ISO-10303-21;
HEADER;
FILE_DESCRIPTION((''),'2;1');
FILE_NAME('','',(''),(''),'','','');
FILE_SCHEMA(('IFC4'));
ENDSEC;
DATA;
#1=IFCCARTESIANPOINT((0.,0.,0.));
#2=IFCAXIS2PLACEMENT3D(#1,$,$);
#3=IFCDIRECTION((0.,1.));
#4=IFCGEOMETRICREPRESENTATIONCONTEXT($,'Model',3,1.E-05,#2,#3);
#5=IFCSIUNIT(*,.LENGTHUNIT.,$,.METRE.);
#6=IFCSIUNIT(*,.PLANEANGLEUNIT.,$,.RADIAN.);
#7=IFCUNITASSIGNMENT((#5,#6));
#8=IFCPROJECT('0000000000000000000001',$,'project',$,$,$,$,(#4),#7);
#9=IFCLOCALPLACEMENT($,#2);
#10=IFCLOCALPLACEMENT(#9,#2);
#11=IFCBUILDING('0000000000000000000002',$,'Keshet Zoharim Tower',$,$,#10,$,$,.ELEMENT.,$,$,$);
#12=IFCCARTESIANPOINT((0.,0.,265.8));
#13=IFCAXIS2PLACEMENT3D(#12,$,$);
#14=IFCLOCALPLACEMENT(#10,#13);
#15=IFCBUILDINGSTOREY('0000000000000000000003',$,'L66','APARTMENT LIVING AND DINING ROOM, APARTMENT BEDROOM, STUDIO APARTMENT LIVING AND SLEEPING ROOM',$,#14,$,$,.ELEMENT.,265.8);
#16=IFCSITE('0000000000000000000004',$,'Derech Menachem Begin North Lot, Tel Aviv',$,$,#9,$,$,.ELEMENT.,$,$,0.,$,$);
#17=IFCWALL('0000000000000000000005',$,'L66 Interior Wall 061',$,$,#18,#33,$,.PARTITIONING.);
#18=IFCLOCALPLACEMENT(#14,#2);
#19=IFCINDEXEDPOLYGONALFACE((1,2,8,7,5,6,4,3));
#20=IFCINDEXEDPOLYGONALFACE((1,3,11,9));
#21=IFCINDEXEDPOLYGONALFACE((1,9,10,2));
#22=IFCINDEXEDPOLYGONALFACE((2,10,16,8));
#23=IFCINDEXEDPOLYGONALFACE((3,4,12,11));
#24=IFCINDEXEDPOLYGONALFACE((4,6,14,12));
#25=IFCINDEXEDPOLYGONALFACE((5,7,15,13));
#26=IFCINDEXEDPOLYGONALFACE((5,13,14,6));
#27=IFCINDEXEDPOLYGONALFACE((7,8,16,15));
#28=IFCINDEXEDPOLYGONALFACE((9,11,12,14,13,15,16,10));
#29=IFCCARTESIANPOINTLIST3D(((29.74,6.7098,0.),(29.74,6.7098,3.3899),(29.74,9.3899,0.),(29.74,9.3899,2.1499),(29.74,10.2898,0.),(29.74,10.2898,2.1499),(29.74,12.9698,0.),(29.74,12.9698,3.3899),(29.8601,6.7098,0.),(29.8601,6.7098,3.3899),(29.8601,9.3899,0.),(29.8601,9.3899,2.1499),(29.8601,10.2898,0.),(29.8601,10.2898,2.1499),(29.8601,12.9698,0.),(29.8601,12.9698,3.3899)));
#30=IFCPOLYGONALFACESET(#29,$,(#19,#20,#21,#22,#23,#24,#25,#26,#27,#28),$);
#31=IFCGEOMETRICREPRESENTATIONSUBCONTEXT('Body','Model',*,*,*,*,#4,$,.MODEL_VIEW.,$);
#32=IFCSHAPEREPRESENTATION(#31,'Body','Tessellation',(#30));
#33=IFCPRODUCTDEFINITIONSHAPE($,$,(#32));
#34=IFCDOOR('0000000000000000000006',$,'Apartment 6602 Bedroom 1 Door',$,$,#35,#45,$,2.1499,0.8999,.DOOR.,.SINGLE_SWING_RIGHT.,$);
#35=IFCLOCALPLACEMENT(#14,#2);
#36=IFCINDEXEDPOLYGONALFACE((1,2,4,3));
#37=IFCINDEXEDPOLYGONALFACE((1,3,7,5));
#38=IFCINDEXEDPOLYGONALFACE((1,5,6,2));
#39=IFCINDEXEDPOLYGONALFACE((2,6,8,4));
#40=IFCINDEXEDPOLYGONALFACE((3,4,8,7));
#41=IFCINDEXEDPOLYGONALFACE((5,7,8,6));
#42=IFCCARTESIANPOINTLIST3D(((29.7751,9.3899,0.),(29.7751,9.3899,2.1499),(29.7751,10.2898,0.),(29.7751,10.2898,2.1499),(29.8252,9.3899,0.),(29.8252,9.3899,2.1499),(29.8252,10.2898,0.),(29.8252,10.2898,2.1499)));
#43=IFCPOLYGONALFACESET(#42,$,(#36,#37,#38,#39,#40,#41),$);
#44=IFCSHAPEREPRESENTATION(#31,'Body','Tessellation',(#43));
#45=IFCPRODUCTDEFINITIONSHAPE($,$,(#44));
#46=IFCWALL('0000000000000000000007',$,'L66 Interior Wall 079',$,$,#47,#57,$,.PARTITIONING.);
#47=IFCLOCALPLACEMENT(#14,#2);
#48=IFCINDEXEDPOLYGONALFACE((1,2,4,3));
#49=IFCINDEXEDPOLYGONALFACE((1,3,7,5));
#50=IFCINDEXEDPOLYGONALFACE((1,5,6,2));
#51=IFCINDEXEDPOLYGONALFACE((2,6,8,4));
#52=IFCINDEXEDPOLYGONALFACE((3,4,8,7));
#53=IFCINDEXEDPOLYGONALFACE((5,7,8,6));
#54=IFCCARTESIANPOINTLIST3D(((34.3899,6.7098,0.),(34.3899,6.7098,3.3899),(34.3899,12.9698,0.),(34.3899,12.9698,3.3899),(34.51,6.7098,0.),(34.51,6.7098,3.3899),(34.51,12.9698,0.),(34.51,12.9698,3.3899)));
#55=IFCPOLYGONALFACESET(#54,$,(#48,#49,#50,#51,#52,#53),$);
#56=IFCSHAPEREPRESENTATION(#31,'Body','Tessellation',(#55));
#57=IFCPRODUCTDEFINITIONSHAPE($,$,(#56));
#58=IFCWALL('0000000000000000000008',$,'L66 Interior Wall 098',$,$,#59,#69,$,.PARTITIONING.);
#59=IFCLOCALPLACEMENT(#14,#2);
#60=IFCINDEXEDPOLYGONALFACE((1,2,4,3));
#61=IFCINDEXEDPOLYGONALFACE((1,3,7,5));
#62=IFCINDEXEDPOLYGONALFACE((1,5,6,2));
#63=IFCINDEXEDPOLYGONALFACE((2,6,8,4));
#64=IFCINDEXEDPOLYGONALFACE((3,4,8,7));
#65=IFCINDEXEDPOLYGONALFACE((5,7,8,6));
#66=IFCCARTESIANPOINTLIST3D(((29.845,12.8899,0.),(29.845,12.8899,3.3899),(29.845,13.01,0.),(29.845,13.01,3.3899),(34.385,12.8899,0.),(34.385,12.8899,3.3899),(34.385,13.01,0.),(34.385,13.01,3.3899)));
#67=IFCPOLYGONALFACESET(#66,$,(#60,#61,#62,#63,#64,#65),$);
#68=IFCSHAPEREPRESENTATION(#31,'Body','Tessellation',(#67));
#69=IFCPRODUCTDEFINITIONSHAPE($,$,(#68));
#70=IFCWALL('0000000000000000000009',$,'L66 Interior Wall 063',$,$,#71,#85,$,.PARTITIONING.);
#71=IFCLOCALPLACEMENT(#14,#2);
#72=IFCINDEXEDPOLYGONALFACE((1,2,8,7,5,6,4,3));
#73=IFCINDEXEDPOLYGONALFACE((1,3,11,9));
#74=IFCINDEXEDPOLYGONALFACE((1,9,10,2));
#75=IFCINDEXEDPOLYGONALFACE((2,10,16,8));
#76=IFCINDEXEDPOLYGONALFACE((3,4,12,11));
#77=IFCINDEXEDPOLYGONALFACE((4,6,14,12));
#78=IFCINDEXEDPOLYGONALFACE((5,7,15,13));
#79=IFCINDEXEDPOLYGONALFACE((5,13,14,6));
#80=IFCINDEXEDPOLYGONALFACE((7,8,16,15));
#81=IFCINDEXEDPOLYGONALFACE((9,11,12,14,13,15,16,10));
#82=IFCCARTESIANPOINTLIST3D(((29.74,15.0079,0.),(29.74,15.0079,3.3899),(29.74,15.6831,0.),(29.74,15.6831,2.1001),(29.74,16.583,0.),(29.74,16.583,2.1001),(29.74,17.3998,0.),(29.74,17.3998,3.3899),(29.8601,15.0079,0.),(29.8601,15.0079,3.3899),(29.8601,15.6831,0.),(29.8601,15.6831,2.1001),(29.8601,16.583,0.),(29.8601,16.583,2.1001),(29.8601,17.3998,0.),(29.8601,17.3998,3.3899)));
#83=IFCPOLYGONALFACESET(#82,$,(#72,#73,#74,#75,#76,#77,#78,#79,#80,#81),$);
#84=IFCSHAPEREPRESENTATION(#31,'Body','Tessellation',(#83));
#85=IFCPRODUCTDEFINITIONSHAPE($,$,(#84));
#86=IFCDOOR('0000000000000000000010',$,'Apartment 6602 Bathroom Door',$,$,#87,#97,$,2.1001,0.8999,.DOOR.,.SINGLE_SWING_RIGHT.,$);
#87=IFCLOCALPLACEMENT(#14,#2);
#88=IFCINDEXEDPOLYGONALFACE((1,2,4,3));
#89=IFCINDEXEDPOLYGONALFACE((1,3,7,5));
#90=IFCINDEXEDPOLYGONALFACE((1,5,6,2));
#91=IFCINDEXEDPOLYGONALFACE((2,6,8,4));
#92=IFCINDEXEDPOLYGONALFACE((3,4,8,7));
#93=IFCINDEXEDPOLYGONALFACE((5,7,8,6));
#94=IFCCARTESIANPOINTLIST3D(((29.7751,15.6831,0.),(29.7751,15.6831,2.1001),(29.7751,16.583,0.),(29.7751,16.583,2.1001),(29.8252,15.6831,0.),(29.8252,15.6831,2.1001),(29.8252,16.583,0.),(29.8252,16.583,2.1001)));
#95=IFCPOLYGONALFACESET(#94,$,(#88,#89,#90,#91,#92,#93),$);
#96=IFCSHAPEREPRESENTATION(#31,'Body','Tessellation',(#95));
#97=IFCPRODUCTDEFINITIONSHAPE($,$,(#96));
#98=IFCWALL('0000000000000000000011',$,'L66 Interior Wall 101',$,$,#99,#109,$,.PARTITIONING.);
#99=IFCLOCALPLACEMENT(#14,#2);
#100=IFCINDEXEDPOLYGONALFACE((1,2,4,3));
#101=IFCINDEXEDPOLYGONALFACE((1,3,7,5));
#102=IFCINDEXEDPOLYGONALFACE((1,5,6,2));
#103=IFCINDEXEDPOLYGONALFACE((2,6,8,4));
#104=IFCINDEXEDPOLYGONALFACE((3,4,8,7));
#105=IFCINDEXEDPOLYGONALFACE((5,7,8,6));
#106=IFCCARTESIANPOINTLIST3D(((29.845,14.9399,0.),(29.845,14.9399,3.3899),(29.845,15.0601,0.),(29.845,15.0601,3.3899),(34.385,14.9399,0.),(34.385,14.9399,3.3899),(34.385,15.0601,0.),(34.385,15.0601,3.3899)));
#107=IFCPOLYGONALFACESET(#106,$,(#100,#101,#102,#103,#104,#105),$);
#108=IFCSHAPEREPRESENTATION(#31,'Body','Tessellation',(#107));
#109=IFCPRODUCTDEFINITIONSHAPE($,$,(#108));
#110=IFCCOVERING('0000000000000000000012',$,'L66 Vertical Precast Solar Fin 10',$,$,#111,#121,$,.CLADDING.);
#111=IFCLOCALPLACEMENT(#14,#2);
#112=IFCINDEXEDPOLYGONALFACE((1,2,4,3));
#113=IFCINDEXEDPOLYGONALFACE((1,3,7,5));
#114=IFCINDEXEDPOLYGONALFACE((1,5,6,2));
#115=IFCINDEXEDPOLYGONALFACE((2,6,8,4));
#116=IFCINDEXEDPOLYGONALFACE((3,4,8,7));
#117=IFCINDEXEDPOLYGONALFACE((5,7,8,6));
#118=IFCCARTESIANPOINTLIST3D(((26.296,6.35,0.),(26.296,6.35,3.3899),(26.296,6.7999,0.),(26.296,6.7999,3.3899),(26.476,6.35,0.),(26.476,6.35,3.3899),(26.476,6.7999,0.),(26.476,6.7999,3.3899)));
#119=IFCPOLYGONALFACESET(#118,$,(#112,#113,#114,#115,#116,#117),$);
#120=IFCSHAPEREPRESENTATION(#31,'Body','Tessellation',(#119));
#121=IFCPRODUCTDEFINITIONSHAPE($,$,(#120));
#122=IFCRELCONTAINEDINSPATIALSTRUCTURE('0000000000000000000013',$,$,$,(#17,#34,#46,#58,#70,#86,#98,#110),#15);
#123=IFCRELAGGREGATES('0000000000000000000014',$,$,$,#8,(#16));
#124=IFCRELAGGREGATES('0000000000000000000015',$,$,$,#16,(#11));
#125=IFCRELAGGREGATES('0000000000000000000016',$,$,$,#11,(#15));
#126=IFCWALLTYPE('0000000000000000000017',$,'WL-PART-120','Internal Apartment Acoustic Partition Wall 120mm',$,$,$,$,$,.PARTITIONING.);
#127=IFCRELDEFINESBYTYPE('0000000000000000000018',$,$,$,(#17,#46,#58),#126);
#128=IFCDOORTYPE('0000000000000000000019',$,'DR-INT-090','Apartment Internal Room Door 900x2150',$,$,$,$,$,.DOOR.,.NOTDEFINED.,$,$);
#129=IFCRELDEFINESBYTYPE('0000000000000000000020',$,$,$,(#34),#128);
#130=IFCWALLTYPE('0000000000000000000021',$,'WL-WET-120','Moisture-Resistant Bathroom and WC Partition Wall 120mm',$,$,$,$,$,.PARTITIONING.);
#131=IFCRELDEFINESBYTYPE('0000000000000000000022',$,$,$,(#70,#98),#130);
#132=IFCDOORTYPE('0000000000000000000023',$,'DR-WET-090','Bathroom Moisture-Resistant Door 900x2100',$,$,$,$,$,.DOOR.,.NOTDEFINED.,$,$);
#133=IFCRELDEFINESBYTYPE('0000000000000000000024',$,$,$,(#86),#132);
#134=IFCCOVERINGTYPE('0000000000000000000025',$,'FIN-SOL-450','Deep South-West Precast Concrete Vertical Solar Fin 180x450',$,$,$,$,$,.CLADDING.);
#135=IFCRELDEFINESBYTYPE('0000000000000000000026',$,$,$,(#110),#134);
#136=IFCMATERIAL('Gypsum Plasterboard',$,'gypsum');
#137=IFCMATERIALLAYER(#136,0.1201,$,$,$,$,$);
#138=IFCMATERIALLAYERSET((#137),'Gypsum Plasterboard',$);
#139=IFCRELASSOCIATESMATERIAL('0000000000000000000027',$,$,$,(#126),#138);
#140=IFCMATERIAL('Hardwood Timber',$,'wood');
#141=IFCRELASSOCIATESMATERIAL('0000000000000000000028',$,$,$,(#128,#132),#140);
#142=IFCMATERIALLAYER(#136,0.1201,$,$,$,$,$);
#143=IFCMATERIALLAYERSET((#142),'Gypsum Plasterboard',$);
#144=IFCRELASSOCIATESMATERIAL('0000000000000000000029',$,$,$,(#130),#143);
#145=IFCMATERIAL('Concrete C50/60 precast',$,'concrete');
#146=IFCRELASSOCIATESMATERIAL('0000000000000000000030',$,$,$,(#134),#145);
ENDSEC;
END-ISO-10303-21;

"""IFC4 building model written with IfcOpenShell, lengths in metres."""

from ifc_helpers import new_model, si_unit, direction, frame, frame_2d, origin, origin_2d, place, context, subcontext, project, spatial, rectangle, extrude, material, layer, layer_set, type_object, element, fill, save


model = new_model("IFC4")

# Units and contexts
model_context = context("Model", 3, precision=1e-05, world=origin(), true_north=direction((0.0, 1.0)))
body_context = subcontext(model_context, "Body", "Model", "MODEL_VIEW")
ifc_project = project(units=[si_unit("LENGTHUNIT", "METRE"), si_unit("PLANEANGLEUNIT", "RADIAN")], contexts=[model_context])

# Site, building, storey
site_placement = place(None, origin())
site = spatial("IfcSite", under=ifc_project, at=site_placement, Name="Derech Menachem Begin North Lot, Tel Aviv", CompositionType="ELEMENT", RefElevation=0.0)
building_placement = place(site_placement, origin())
building = spatial("IfcBuilding", under=site, at=building_placement, Name="Keshet Zoharim Tower", CompositionType="ELEMENT")
storey_placement = place(building_placement, frame((0.0, 0.0, 265.8)))
storey = spatial("IfcBuildingStorey", under=building, at=storey_placement, Name="L66", Description="APARTMENT LIVING AND DINING ROOM, APARTMENT BEDROOM, STUDIO APARTMENT LIVING AND SLEEPING ROOM", CompositionType="ELEMENT", Elevation=265.8)

# Shared definitions
ifc_material_1 = material(Name="Gypsum Plasterboard", Category="gypsum")
ifc_layer_1 = layer(ifc_material_1, 0.1201)
ifc_layer_set_1 = layer_set([ifc_layer_1], Name="Gypsum Plasterboard")
wall_type_1 = type_object("IfcWallType", Name="WL-PART-120", Description="Internal Apartment Acoustic Partition Wall 120mm", PredefinedType="PARTITIONING", material=ifc_layer_set_1)

# Wall, opening, door
wall_1_placement = place(storey_placement, frame((29.8, 6.71, 0.0), z_axis=(0.0, 0.0, 1.0), x_axis=(0.0, 1.0, 0.0)))
wall_1 = element("IfcWall", 1, at=wall_1_placement, inside=storey, type_object=wall_type_1, Name="L66 Interior Wall 061", PredefinedType="PARTITIONING", context=body_context, shape_type="SweptSolid", body=[
    extrude(rectangle(XDim=6.26, YDim=0.1201, at=frame_2d((3.1299, 0.0))), origin(), (0.0, 0.0, 1.0), 3.3899),
])
opening_1_placement = place(wall_1_placement, frame((2.6799, 0.0, 0.0)))
opening_1 = element("IfcOpeningElement", 2, at=opening_1_placement, cuts=wall_1, PredefinedType="OPENING", context=body_context, shape_type="SweptSolid", body=[
    extrude(rectangle(XDim=0.8999, YDim=2.1499, at=frame_2d((0.45, 1.075))), frame((0.0, 0.0701, 0.0), z_axis=(0.0, -1.0, 0.0), x_axis=(1.0, 0.0, 0.0)), (0.0, 0.0, 1.0), 0.1401),
])
ifc_material_2 = material(Name="Hardwood Timber", Category="wood")
door_type_1 = type_object("IfcDoorType", Name="DR-INT-090", Description="Apartment Internal Room Door 900x2150", OperationType="NOTDEFINED", PredefinedType="DOOR", material=ifc_material_2)
door_1_placement = place(opening_1_placement, origin())
door_1 = element("IfcDoor", 3, at=door_1_placement, inside=storey, type_object=door_type_1, Name="Apartment 6602 Bedroom 1 Door", OperationType="SINGLE_SWING_RIGHT", OverallHeight=2.1499, OverallWidth=0.8999, PredefinedType="DOOR", context=body_context, shape_type="SweptSolid", body=[
    extrude(rectangle(XDim=0.8999, YDim=2.1499, at=frame_2d((0.45, 1.075))), frame((0.0, 0.0249, 0.0), z_axis=(0.0, -1.0, 0.0), x_axis=(1.0, 0.0, 0.0)), (0.0, 0.0, 1.0), 0.05),
])
fill(opening_1, door_1)

# Walls
wall_2_placement = place(storey_placement, frame((34.45, 6.71, 0.0), z_axis=(0.0, 0.0, 1.0), x_axis=(0.0, 1.0, 0.0)))
element("IfcWall", 4, at=wall_2_placement, inside=storey, type_object=wall_type_1, Name="L66 Interior Wall 079", PredefinedType="PARTITIONING", context=body_context, shape_type="SweptSolid", body=[
    extrude(rectangle(XDim=6.26, YDim=0.1201, at=frame_2d((3.1299, 0.0))), origin(), (0.0, 0.0, 1.0), 3.3899),
])
wall_3_placement = place(storey_placement, frame((29.845, 12.95, 0.0), z_axis=(0.0, 0.0, 1.0), x_axis=(1.0, 0.0, 0.0)))
element("IfcWall", 5, at=wall_3_placement, inside=storey, type_object=wall_type_1, Name="L66 Interior Wall 098", PredefinedType="PARTITIONING", context=body_context, shape_type="SweptSolid", body=[
    extrude(rectangle(XDim=4.54, YDim=0.1201, at=frame_2d((2.27, 0.0))), origin(), (0.0, 0.0, 1.0), 3.3899),
])

# Wall, opening, door
ifc_layer_2 = layer(ifc_material_1, 0.1201)
ifc_layer_set_2 = layer_set([ifc_layer_2], Name="Gypsum Plasterboard")
wall_type_2 = type_object("IfcWallType", Name="WL-WET-120", Description="Moisture-Resistant Bathroom and WC Partition Wall 120mm", PredefinedType="PARTITIONING", material=ifc_layer_set_2)
wall_4_placement = place(storey_placement, frame((29.8, 15.0081, 0.0), z_axis=(0.0, 0.0, 1.0), x_axis=(0.0, 1.0, 0.0)))
wall_4 = element("IfcWall", 6, at=wall_4_placement, inside=storey, type_object=wall_type_2, Name="L66 Interior Wall 063", PredefinedType="PARTITIONING", context=body_context, shape_type="SweptSolid", body=[
    extrude(rectangle(XDim=2.3918, YDim=0.1201, at=frame_2d((1.1958, 0.0))), origin(), (0.0, 0.0, 1.0), 3.3899),
])
opening_2_placement = place(wall_4_placement, frame((0.675, 0.0, 0.0)))
opening_2 = element("IfcOpeningElement", 7, at=opening_2_placement, cuts=wall_4, PredefinedType="OPENING", context=body_context, shape_type="SweptSolid", body=[
    extrude(rectangle(XDim=0.8999, YDim=2.1001, at=frame_2d((0.45, 1.05))), frame((0.0, 0.0701, 0.0), z_axis=(0.0, -1.0, 0.0), x_axis=(1.0, 0.0, 0.0)), (0.0, 0.0, 1.0), 0.1401),
])
door_type_2 = type_object("IfcDoorType", Name="DR-WET-090", Description="Bathroom Moisture-Resistant Door 900x2100", OperationType="NOTDEFINED", PredefinedType="DOOR", material=ifc_material_2)
door_2_placement = place(opening_2_placement, origin())
door_2 = element("IfcDoor", 8, at=door_2_placement, inside=storey, type_object=door_type_2, Name="Apartment 6602 Bathroom Door", OperationType="SINGLE_SWING_RIGHT", OverallHeight=2.1001, OverallWidth=0.8999, PredefinedType="DOOR", context=body_context, shape_type="SweptSolid", body=[
    extrude(rectangle(XDim=0.8999, YDim=2.1001, at=frame_2d((0.45, 1.05))), frame((0.0, 0.0249, 0.0), z_axis=(0.0, -1.0, 0.0), x_axis=(1.0, 0.0, 0.0)), (0.0, 0.0, 1.0), 0.05),
])
fill(opening_2, door_2)

# Wall
wall_5_placement = place(storey_placement, frame((29.845, 15.0, 0.0), z_axis=(0.0, 0.0, 1.0), x_axis=(1.0, 0.0, 0.0)))
element("IfcWall", 9, at=wall_5_placement, inside=storey, type_object=wall_type_2, Name="L66 Interior Wall 101", PredefinedType="PARTITIONING", context=body_context, shape_type="SweptSolid", body=[
    extrude(rectangle(XDim=4.54, YDim=0.1201, at=frame_2d((2.27, 0.0))), origin(), (0.0, 0.0, 1.0), 3.3899),
])

# Covering
ifc_material_3 = material(Name="Concrete C50/60 precast", Category="concrete")
covering_type = type_object("IfcCoveringType", Name="FIN-SOL-450", Description="Deep South-West Precast Concrete Vertical Solar Fin 180x450", PredefinedType="CLADDING", material=ifc_material_3)
covering_placement = place(storey_placement, frame((26.386, 6.575, 0.0), z_axis=(0.0, 0.0, 1.0), x_axis=(-1.0, 0.0, 0.0)))
element("IfcCovering", 10, at=covering_placement, inside=storey, type_object=covering_type, Name="L66 Vertical Precast Solar Fin 10", PredefinedType="CLADDING", context=body_context, shape_type="SweptSolid", body=[
    extrude(rectangle(XDim=0.1799, YDim=0.45, at=origin_2d()), origin(), (0.0, 0.0, 1.0), 3.3899),
])

save(model, "model.ifc")
